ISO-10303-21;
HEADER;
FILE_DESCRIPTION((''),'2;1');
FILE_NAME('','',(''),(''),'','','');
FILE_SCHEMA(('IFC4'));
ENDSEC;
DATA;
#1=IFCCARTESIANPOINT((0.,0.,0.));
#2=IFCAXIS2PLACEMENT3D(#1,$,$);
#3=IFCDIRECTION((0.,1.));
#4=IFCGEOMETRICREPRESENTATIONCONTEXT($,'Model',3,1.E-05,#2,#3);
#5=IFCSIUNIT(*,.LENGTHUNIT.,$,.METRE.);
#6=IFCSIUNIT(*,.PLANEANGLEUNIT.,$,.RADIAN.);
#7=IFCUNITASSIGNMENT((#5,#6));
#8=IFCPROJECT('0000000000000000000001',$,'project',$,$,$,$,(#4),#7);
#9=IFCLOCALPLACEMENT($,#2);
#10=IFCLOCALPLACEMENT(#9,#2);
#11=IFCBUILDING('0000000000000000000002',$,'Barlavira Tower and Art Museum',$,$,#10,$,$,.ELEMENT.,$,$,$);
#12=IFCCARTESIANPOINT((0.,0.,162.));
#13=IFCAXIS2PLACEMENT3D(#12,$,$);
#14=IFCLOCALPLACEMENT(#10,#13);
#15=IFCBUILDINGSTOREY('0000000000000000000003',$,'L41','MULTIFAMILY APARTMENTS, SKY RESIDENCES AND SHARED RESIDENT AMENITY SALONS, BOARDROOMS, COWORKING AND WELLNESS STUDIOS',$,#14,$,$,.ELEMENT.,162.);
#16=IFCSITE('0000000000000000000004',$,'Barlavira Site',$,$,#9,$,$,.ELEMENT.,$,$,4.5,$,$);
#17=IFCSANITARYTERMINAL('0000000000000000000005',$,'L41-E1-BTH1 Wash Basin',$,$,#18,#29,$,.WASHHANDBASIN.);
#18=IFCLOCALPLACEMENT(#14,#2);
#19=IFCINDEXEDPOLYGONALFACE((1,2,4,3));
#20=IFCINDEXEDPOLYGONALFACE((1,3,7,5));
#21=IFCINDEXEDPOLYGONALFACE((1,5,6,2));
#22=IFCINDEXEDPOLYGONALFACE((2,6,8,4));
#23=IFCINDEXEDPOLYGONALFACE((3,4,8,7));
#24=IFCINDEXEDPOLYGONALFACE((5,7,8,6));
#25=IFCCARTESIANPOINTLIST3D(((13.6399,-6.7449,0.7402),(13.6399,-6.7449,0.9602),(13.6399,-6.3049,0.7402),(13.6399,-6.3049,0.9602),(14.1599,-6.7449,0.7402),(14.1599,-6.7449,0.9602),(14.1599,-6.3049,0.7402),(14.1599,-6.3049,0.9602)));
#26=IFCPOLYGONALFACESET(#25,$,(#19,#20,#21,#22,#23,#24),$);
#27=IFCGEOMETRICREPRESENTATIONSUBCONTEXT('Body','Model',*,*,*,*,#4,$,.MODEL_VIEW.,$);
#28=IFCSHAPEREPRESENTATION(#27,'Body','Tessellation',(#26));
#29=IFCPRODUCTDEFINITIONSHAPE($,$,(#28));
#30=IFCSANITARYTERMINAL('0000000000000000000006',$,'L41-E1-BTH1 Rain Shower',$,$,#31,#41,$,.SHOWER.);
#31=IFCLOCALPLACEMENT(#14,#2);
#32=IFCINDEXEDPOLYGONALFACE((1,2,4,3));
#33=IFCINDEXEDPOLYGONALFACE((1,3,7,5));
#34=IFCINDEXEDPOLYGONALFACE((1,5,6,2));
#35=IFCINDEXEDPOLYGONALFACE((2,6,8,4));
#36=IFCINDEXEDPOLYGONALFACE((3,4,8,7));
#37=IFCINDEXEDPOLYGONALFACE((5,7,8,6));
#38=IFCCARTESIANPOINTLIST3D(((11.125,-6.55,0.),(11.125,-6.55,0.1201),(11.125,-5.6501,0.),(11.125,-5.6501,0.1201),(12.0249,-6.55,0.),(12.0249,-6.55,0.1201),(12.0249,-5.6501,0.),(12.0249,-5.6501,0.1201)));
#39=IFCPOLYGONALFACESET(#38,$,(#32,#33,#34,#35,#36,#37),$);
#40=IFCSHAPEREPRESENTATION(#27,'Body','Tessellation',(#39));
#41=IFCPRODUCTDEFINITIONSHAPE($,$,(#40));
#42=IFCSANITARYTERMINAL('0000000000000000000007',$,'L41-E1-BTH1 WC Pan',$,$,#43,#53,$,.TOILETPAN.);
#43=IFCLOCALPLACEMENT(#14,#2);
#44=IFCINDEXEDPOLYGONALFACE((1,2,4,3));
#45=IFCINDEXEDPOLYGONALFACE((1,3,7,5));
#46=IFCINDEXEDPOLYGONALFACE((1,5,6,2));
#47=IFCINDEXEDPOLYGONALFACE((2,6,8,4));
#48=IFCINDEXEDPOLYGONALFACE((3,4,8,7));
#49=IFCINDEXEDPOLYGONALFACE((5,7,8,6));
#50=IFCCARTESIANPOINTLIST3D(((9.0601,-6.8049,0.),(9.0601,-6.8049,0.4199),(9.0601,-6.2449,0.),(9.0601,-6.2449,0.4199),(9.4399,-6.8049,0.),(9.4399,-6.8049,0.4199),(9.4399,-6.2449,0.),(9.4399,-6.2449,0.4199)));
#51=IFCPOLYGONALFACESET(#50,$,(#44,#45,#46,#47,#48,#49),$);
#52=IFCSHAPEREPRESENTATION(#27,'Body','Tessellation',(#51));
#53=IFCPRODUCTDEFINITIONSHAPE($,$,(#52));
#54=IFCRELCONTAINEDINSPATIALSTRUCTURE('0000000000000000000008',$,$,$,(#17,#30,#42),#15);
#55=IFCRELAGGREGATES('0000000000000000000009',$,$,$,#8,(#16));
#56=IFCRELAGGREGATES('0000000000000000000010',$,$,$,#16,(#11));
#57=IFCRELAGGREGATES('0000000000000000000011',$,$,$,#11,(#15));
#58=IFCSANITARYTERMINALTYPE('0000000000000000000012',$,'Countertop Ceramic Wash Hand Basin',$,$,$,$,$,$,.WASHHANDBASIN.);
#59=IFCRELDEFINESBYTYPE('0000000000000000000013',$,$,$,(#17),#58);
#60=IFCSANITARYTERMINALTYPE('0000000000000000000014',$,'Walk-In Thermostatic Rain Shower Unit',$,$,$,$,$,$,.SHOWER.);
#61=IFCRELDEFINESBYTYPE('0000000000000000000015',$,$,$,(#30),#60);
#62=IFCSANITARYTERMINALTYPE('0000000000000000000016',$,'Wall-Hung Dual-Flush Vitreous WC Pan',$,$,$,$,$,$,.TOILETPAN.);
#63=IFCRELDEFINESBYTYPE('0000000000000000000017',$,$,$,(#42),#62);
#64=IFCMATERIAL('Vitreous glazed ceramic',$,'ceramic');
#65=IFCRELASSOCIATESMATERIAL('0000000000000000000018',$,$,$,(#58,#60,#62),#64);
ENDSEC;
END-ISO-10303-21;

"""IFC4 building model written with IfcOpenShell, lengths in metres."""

from ifc_helpers import new_model, si_unit, direction, frame, origin, origin_2d, place, context, subcontext, project, spatial, rectangle, extrude, material, type_object, element, save


model = new_model("IFC4")

# Units and contexts
model_context = context("Model", 3, precision=1e-05, world=origin(), true_north=direction((0.0, 1.0)))
body_context = subcontext(model_context, "Body", "Model", "MODEL_VIEW")
ifc_project = project(units=[si_unit("LENGTHUNIT", "METRE"), si_unit("PLANEANGLEUNIT", "RADIAN")], contexts=[model_context])

# Site, building, storey
site_placement = place(None, origin())
site = spatial("IfcSite", under=ifc_project, at=site_placement, Name="Barlavira Site", CompositionType="ELEMENT", RefElevation=4.5)
building_placement = place(site_placement, origin())
building = spatial("IfcBuilding", under=site, at=building_placement, Name="Barlavira Tower and Art Museum", CompositionType="ELEMENT")
storey_placement = place(building_placement, frame((0.0, 0.0, 162.0)))
storey = spatial("IfcBuildingStorey", under=building, at=storey_placement, Name="L41", Description="MULTIFAMILY APARTMENTS, SKY RESIDENCES AND SHARED RESIDENT AMENITY SALONS, BOARDROOMS, COWORKING AND WELLNESS STUDIOS", CompositionType="ELEMENT", Elevation=162.0)

# Sanitary terminals
ifc_material_1 = material(Name="Vitreous glazed ceramic", Category="ceramic")
sanitary_terminal_type_1 = type_object("IfcSanitaryTerminalType", Name="Countertop Ceramic Wash Hand Basin", PredefinedType="WASHHANDBASIN", material=ifc_material_1)
sanitary_terminal_1_placement = place(storey_placement, frame((13.8999, -6.5249, 0.7402), z_axis=(0.0, 0.0, 1.0), x_axis=(1.0, 0.0, 0.0)))
element("IfcSanitaryTerminal", 1, at=sanitary_terminal_1_placement, inside=storey, type_object=sanitary_terminal_type_1, Name="L41-E1-BTH1 Wash Basin", PredefinedType="WASHHANDBASIN", context=body_context, shape_type="SweptSolid", body=[
    extrude(rectangle(XDim=0.52, YDim=0.4399, at=origin_2d()), origin(), (0.0, 0.0, 1.0), 0.22),
])
sanitary_terminal_type_2 = type_object("IfcSanitaryTerminalType", Name="Walk-In Thermostatic Rain Shower Unit", PredefinedType="SHOWER", material=ifc_material_1)
sanitary_terminal_2_placement = place(storey_placement, frame((11.575, -6.1001, 0.0), z_axis=(0.0, 0.0, 1.0), x_axis=(1.0, 0.0, 0.0)))
element("IfcSanitaryTerminal", 2, at=sanitary_terminal_2_placement, inside=storey, type_object=sanitary_terminal_type_2, Name="L41-E1-BTH1 Rain Shower", PredefinedType="SHOWER", context=body_context, shape_type="SweptSolid", body=[
    extrude(rectangle(XDim=0.8999, YDim=0.8999, at=origin_2d()), origin(), (0.0, 0.0, 1.0), 0.1201),
])
sanitary_terminal_type_3 = type_object("IfcSanitaryTerminalType", Name="Wall-Hung Dual-Flush Vitreous WC Pan", PredefinedType="TOILETPAN", material=ifc_material_1)
sanitary_terminal_3_placement = place(storey_placement, frame((9.25, -6.5249, 0.0), z_axis=(0.0, 0.0, 1.0), x_axis=(1.0, 0.0, 0.0)))
element("IfcSanitaryTerminal", 3, at=sanitary_terminal_3_placement, inside=storey, type_object=sanitary_terminal_type_3, Name="L41-E1-BTH1 WC Pan", PredefinedType="TOILETPAN", context=body_context, shape_type="SweptSolid", body=[
    extrude(rectangle(XDim=0.3799, YDim=0.5601, at=origin_2d()), origin(), (0.0, 0.0, 1.0), 0.4199),
])

save(model, "model.ifc")
